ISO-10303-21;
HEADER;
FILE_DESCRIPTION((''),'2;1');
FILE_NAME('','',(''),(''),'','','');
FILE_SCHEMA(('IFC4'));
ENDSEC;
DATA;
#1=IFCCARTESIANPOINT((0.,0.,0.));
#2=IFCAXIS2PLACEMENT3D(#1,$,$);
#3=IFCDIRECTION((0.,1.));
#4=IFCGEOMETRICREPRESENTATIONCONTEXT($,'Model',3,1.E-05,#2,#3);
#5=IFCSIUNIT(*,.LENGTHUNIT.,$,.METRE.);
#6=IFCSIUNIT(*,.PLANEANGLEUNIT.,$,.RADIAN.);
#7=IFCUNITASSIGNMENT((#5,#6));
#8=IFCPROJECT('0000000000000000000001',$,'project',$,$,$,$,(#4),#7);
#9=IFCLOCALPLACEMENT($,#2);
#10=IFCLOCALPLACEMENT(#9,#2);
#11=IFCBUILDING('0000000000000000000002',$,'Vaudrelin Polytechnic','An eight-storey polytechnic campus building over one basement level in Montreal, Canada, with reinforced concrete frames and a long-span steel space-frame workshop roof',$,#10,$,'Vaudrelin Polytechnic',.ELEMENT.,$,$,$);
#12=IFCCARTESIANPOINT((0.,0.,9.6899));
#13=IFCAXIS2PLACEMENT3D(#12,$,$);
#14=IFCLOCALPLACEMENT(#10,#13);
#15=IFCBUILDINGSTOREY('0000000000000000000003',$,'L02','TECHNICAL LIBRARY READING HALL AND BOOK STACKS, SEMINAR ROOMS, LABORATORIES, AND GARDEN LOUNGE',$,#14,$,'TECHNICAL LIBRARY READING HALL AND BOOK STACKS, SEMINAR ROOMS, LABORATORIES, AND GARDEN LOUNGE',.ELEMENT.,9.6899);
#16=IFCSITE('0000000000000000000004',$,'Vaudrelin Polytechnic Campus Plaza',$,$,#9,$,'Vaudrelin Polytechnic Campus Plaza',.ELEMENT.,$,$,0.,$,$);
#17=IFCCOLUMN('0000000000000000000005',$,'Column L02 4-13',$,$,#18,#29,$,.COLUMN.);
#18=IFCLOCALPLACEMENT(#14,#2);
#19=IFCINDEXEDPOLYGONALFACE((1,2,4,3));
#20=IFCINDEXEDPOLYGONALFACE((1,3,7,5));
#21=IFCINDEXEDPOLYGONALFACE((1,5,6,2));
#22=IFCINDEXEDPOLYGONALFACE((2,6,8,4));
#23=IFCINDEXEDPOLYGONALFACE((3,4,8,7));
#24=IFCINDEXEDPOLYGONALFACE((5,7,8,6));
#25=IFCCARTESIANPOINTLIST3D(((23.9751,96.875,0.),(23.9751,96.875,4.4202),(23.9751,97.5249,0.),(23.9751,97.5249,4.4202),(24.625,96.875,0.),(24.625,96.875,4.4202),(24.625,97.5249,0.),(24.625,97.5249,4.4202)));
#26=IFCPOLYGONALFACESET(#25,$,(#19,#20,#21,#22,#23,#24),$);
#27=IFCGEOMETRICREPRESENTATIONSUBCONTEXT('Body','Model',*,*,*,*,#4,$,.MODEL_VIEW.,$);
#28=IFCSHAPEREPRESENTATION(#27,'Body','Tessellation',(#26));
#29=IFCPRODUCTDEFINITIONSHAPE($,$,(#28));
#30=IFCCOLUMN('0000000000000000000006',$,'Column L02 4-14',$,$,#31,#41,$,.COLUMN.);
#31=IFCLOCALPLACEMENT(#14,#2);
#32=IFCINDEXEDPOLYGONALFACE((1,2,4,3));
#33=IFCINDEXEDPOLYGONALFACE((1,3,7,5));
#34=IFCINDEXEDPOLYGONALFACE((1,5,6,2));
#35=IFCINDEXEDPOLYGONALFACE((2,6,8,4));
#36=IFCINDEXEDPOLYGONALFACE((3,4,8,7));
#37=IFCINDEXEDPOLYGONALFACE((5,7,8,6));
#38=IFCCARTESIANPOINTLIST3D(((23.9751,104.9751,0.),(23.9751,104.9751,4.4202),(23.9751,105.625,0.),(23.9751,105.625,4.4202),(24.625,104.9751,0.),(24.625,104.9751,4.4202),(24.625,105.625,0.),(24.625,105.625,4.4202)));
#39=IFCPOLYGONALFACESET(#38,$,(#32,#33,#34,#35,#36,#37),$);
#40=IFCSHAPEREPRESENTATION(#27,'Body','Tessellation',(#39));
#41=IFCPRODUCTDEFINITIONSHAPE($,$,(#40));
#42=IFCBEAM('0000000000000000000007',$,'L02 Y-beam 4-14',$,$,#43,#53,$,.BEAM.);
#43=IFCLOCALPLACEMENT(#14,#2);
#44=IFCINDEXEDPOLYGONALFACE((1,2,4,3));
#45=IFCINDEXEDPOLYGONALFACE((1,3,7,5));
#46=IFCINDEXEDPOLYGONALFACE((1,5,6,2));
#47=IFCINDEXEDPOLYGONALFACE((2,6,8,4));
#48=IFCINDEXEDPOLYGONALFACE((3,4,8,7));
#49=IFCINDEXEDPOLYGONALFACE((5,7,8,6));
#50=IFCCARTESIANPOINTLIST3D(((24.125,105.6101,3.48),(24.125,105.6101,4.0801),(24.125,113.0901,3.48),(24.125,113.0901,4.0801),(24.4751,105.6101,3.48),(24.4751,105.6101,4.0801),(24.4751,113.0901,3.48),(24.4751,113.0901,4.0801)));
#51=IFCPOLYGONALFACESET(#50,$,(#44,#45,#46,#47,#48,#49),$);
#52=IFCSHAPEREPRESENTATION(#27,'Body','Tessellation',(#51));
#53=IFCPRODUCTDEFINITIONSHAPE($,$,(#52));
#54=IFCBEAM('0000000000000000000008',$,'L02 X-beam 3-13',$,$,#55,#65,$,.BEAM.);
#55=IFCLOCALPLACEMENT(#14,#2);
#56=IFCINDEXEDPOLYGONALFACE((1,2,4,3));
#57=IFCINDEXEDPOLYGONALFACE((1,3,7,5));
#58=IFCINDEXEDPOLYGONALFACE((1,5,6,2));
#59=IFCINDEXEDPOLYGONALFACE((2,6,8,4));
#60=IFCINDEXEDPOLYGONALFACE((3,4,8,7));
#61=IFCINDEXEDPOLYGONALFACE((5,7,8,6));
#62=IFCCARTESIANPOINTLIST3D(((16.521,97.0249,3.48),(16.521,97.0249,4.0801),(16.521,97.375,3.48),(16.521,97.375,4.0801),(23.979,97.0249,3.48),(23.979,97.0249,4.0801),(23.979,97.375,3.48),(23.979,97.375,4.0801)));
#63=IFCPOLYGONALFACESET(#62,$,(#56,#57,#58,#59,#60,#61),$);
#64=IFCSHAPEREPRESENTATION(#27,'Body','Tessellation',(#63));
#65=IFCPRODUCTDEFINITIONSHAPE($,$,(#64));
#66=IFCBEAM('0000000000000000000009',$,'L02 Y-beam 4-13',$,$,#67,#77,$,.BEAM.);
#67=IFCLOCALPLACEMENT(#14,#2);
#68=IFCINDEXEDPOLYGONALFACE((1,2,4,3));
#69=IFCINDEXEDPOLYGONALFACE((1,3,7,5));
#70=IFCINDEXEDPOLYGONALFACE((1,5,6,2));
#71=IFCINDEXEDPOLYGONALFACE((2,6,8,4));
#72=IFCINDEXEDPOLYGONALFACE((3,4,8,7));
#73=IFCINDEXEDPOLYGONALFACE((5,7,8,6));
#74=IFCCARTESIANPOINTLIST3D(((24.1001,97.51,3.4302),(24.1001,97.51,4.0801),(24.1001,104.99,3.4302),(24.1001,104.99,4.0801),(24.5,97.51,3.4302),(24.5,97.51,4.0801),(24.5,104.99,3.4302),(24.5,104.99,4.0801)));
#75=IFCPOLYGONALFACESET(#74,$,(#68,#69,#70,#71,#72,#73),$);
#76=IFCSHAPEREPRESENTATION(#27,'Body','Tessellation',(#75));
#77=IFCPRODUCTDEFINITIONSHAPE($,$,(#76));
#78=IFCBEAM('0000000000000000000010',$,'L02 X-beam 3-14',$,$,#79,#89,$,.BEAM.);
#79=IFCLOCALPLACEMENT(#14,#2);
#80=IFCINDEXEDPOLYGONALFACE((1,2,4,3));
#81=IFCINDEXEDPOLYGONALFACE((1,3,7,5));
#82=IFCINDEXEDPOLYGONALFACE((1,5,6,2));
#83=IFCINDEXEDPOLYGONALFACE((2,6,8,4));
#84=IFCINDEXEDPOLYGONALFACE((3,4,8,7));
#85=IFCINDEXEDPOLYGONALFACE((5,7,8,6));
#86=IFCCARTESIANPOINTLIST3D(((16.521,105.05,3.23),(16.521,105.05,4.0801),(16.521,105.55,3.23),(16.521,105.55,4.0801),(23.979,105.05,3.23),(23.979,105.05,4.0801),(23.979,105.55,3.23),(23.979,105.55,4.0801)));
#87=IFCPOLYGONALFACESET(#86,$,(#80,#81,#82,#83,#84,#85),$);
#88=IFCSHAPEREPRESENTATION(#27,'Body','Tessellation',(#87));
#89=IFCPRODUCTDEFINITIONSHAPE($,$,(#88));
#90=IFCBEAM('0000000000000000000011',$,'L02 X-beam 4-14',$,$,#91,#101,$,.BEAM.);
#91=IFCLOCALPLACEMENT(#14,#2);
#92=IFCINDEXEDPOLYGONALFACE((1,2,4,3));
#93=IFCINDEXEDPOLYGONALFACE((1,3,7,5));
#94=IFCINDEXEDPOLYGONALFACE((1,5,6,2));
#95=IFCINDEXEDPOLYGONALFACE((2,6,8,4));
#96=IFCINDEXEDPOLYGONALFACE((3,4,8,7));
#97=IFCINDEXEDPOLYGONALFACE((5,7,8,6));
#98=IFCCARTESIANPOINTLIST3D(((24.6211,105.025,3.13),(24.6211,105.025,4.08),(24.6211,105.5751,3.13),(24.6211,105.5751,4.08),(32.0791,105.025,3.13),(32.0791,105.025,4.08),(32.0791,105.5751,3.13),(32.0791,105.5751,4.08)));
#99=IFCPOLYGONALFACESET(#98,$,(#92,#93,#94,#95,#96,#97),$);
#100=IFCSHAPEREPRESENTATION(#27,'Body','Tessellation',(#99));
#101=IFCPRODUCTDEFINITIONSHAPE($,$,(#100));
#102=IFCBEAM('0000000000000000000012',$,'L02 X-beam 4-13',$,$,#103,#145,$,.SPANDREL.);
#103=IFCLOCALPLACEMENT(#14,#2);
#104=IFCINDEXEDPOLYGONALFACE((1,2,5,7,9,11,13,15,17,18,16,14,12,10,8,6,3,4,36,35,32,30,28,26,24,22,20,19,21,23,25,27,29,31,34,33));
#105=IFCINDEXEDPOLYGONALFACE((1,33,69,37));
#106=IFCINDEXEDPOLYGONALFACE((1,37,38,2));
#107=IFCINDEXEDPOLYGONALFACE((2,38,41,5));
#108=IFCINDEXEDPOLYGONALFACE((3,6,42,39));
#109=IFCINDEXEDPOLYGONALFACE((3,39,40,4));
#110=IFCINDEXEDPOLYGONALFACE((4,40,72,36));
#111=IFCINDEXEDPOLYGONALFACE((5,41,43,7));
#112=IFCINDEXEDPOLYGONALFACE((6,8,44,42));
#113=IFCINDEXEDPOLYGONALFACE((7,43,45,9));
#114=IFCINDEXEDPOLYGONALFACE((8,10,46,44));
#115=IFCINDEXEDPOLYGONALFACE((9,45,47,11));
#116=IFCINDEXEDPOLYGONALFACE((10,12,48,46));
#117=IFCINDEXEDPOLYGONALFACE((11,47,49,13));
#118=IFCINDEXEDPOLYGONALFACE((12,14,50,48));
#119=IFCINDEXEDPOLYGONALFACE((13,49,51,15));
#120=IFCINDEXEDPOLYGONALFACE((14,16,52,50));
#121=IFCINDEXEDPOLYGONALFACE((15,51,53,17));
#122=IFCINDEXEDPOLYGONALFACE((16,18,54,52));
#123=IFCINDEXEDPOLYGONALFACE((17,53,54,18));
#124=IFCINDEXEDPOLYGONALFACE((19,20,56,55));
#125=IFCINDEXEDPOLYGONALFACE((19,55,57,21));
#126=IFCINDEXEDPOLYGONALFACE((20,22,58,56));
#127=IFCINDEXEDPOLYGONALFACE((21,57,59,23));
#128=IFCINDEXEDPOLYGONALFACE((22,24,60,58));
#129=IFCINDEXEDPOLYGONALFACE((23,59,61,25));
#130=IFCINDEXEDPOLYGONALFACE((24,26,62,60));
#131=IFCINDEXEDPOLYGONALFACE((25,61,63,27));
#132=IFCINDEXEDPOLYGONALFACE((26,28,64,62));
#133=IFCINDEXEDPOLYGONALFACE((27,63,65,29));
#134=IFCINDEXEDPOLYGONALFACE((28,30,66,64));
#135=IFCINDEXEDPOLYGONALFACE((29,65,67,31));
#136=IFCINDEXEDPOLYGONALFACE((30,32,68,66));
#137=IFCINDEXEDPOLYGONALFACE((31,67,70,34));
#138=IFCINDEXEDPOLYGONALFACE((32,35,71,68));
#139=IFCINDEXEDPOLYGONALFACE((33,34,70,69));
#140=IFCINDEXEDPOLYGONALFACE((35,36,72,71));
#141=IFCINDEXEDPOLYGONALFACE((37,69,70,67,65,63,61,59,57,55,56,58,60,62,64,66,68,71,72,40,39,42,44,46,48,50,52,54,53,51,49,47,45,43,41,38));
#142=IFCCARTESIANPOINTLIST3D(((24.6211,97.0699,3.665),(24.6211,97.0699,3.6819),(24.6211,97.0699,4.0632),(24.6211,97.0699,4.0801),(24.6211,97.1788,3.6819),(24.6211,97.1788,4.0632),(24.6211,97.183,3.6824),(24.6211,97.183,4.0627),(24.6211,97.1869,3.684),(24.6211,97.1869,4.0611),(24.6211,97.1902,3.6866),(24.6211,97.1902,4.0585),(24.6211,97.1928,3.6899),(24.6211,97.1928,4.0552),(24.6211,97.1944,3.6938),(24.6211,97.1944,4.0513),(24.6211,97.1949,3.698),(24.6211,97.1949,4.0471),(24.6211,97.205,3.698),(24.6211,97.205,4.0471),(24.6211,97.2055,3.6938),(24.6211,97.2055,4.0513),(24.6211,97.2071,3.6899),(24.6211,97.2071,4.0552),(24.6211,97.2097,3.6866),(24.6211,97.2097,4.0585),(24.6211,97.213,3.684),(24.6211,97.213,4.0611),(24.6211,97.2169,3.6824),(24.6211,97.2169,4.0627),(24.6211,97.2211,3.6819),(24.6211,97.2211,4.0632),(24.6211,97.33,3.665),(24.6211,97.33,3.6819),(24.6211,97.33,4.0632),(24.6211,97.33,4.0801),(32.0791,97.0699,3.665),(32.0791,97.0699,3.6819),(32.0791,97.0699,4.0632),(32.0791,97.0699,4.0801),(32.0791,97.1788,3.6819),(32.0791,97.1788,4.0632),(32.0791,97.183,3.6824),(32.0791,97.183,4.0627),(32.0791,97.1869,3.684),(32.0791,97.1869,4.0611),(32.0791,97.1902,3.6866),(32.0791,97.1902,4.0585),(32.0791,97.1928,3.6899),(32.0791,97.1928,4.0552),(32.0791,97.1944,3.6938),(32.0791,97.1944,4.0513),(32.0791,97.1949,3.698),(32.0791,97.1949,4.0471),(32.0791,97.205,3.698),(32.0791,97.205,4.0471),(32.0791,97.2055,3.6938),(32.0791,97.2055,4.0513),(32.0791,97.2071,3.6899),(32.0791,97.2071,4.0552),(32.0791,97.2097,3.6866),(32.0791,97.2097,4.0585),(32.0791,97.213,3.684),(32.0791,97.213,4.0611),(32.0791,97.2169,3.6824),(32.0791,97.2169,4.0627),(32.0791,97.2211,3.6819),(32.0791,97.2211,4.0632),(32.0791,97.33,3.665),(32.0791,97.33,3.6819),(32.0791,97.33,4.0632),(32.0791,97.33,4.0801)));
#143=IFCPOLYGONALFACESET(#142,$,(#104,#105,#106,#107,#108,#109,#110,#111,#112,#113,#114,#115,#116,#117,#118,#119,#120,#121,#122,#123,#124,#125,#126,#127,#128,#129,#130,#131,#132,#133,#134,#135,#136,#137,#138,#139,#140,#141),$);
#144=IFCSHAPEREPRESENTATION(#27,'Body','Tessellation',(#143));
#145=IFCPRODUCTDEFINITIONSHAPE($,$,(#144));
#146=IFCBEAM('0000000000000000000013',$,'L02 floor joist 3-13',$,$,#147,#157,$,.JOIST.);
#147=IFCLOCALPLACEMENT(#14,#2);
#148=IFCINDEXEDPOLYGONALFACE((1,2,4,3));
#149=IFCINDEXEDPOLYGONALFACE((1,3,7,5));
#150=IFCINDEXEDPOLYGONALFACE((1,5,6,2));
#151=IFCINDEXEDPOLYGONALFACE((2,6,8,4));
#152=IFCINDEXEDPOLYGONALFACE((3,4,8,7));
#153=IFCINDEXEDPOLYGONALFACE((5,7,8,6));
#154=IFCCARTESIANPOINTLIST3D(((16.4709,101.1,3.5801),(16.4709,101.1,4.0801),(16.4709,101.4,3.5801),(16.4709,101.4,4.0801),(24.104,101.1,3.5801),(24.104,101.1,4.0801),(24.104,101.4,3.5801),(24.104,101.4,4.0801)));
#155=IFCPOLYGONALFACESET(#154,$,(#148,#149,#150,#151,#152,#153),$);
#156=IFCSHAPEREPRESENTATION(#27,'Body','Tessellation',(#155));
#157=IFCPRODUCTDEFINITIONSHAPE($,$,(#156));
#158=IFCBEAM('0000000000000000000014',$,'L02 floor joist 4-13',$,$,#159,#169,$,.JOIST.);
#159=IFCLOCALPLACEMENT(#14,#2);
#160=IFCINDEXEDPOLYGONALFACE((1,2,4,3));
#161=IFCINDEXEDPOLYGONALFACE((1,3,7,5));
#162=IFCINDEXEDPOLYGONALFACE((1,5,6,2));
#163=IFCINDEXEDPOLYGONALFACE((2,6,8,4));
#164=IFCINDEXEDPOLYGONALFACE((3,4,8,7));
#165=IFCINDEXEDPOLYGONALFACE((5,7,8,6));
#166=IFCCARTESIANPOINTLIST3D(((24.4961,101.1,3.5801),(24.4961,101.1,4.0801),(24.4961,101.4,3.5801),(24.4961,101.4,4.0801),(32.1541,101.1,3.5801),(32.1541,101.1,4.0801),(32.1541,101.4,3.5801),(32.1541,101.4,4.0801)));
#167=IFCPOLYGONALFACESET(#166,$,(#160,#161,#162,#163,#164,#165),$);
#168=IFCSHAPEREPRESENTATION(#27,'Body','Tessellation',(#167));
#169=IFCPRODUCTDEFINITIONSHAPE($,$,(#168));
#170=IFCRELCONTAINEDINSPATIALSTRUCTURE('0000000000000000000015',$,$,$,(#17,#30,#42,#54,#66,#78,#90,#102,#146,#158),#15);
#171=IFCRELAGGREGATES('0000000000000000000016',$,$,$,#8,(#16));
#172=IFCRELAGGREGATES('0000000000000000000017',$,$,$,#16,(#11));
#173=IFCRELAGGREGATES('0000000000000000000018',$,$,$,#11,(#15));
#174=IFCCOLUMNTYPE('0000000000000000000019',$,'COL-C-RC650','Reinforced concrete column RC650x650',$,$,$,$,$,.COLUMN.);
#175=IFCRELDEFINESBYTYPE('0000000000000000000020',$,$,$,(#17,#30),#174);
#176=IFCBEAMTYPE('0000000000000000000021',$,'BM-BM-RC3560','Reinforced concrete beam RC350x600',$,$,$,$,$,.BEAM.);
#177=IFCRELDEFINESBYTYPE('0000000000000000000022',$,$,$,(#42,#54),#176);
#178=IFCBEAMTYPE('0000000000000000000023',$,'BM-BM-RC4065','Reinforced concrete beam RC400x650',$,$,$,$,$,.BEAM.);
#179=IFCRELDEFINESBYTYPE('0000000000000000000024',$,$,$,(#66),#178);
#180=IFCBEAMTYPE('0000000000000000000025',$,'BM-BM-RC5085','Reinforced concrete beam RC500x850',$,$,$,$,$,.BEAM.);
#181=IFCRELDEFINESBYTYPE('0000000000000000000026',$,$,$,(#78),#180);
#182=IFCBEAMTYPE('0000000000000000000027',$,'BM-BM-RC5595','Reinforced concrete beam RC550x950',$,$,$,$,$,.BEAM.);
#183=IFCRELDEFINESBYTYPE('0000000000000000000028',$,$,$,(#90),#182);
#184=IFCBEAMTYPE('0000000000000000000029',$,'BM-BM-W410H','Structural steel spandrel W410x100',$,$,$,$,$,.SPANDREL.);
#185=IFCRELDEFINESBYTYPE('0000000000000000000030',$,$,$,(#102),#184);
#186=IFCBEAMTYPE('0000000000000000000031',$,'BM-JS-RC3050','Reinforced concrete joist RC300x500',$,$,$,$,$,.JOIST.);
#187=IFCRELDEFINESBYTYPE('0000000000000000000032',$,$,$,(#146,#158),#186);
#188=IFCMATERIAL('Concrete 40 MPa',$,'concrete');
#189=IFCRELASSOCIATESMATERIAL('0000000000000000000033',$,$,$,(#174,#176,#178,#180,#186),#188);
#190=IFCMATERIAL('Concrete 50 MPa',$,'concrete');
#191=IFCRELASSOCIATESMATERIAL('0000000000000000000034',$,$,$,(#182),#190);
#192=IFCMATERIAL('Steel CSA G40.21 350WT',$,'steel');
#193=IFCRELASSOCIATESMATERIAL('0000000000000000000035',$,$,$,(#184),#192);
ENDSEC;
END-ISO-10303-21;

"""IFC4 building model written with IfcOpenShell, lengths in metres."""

from ifc_helpers import new_model, si_unit, direction, frame, origin, origin_2d, place, context, subcontext, project, spatial, rectangle, i_section, extrude, material, material_profile, profile_set, type_object, element, save


model = new_model("IFC4")

# Units and contexts
model_context = context("Model", 3, precision=1e-05, world=origin(), true_north=direction((0.0, 1.0)))
body_context = subcontext(model_context, "Body", "Model", "MODEL_VIEW")
ifc_project = project(units=[si_unit("LENGTHUNIT", "METRE"), si_unit("PLANEANGLEUNIT", "RADIAN")], contexts=[model_context])

# Site, building, storey
site_placement = place(None, origin())
site = spatial("IfcSite", under=ifc_project, at=site_placement, Name="Vaudrelin Polytechnic Campus Plaza", LongName="Vaudrelin Polytechnic Campus Plaza", CompositionType="ELEMENT", RefElevation=0.0)
building_placement = place(site_placement, origin())
building = spatial("IfcBuilding", under=site, at=building_placement, Name="Vaudrelin Polytechnic", Description="An eight-storey polytechnic campus building over one basement level in Montreal, Canada, with reinforced concrete frames and a long-span steel space-frame workshop roof", LongName="Vaudrelin Polytechnic", CompositionType="ELEMENT")
storey_placement = place(building_placement, frame((0.0, 0.0, 9.6899)))
storey = spatial("IfcBuildingStorey", under=building, at=storey_placement, Name="L02", Description="TECHNICAL LIBRARY READING HALL AND BOOK STACKS, SEMINAR ROOMS, LABORATORIES, AND GARDEN LOUNGE", LongName="TECHNICAL LIBRARY READING HALL AND BOOK STACKS, SEMINAR ROOMS, LABORATORIES, AND GARDEN LOUNGE", CompositionType="ELEMENT", Elevation=9.6899)

# Columns
ifc_material_1 = material(Name="Concrete 40 MPa", Category="concrete")
ifc_material_profile_1 = material_profile(ifc_material_1, rectangle(XDim=0.6499, YDim=0.6499, at=origin_2d()), Name="RC650x650")
ifc_profile_set_1 = profile_set([ifc_material_profile_1], Name="Concrete 40 MPa")
column_type = type_object("IfcColumnType", Name="COL-C-RC650", Description="Reinforced concrete column RC650x650", PredefinedType="COLUMN", material=ifc_profile_set_1)
for number, where, z_axis, x_axis, name in (
    (1, (24.3, 97.2, 0.0), (0.0, 0.0, 1.0), (1.0, 0.0, 0.0), "Column L02 4-13"),
    (2, (24.3, 105.3, 0.0), (0.0, 0.0, 1.0), (1.0, 0.0, 0.0), "Column L02 4-14"),
):
    element("IfcColumn", number, at=place(storey_placement, frame(where, z_axis=z_axis, x_axis=x_axis)), inside=storey, type_object=column_type, Name=name, PredefinedType="COLUMN", context=body_context, shape_type="SweptSolid", body=[
        extrude(rectangle(XDim=0.6499, YDim=0.6499, at=origin_2d()), origin(), (0.0, 0.0, 1.0), 4.4202),
    ])

# Beams
ifc_material_profile_2 = material_profile(ifc_material_1, rectangle(XDim=0.3501, YDim=0.6001, at=origin_2d()), Name="RC350x600")
ifc_profile_set_2 = profile_set([ifc_material_profile_2], Name="Concrete 40 MPa")
beam_type_1 = type_object("IfcBeamType", Name="BM-BM-RC3560", Description="Reinforced concrete beam RC350x600", PredefinedType="BEAM", material=ifc_profile_set_2)
beam_1_placement = place(storey_placement, frame((24.3, 105.6101, 3.78), z_axis=(0.0, 1.0, 0.0), x_axis=(-1.0, 0.0, 0.0)))
element("IfcBeam", 3, at=beam_1_placement, inside=storey, type_object=beam_type_1, Name="L02 Y-beam 4-14", PredefinedType="BEAM", context=body_context, shape_type="SweptSolid", body=[
    extrude(rectangle(XDim=0.3501, YDim=0.6001, at=origin_2d()), origin(), (0.0, 0.0, 1.0), 7.48),
])
beam_2_placement = place(storey_placement, frame((16.521, 97.2, 3.78), z_axis=(1.0, 0.0, 0.0), x_axis=(0.0, 1.0, 0.0)))
element("IfcBeam", 4, at=beam_2_placement, inside=storey, type_object=beam_type_1, Name="L02 X-beam 3-13", PredefinedType="BEAM", context=body_context, shape_type="SweptSolid", body=[
    extrude(rectangle(XDim=0.3501, YDim=0.6001, at=origin_2d()), origin(), (0.0, 0.0, 1.0), 7.458),
])
ifc_material_profile_3 = material_profile(ifc_material_1, rectangle(XDim=0.3999, YDim=0.6499, at=origin_2d()), Name="RC400x650")
ifc_profile_set_3 = profile_set([ifc_material_profile_3], Name="Concrete 40 MPa")
beam_type_2 = type_object("IfcBeamType", Name="BM-BM-RC4065", Description="Reinforced concrete beam RC400x650", PredefinedType="BEAM", material=ifc_profile_set_3)
beam_3_placement = place(storey_placement, frame((24.3, 97.51, 3.7551), z_axis=(0.0, 1.0, 0.0), x_axis=(-1.0, 0.0, 0.0)))
element("IfcBeam", 5, at=beam_3_placement, inside=storey, type_object=beam_type_2, Name="L02 Y-beam 4-13", PredefinedType="BEAM", context=body_context, shape_type="SweptSolid", body=[
    extrude(rectangle(XDim=0.3999, YDim=0.6499, at=origin_2d()), origin(), (0.0, 0.0, 1.0), 7.48),
])
ifc_material_profile_4 = material_profile(ifc_material_1, rectangle(XDim=0.5, YDim=0.8501, at=origin_2d()), Name="RC500x850")
ifc_profile_set_4 = profile_set([ifc_material_profile_4], Name="Concrete 40 MPa")
beam_type_3 = type_object("IfcBeamType", Name="BM-BM-RC5085", Description="Reinforced concrete beam RC500x850", PredefinedType="BEAM", material=ifc_profile_set_4)
beam_4_placement = place(storey_placement, frame((16.521, 105.3, 3.655), z_axis=(1.0, 0.0, 0.0), x_axis=(0.0, 1.0, 0.0)))
element("IfcBeam", 6, at=beam_4_placement, inside=storey, type_object=beam_type_3, Name="L02 X-beam 3-14", PredefinedType="BEAM", context=body_context, shape_type="SweptSolid", body=[
    extrude(rectangle(XDim=0.5, YDim=0.8501, at=origin_2d()), origin(), (0.0, 0.0, 1.0), 7.458),
])
ifc_material_2 = material(Name="Concrete 50 MPa", Category="concrete")
ifc_material_profile_5 = material_profile(ifc_material_2, rectangle(XDim=0.55, YDim=0.95, at=origin_2d()), Name="RC550x950")
ifc_profile_set_5 = profile_set([ifc_material_profile_5], Name="Concrete 50 MPa")
beam_type_4 = type_object("IfcBeamType", Name="BM-BM-RC5595", Description="Reinforced concrete beam RC550x950", PredefinedType="BEAM", material=ifc_profile_set_5)
beam_5_placement = place(storey_placement, frame((24.6211, 105.3, 3.605), z_axis=(1.0, 0.0, 0.0), x_axis=(0.0, 1.0, 0.0)))
element("IfcBeam", 7, at=beam_5_placement, inside=storey, type_object=beam_type_4, Name="L02 X-beam 4-14", PredefinedType="BEAM", context=body_context, shape_type="SweptSolid", body=[
    extrude(rectangle(XDim=0.55, YDim=0.95, at=origin_2d()), origin(), (0.0, 0.0, 1.0), 7.458),
])
ifc_material_3 = material(Name="Steel CSA G40.21 350WT", Category="steel")
ifc_material_profile_6 = material_profile(ifc_material_3, i_section(OverallWidth=0.26, OverallDepth=0.415, WebThickness=0.01, FlangeThickness=0.0168, FilletRadius=0.0161, at=origin_2d()), Name="W410x100")
ifc_profile_set_6 = profile_set([ifc_material_profile_6], Name="Steel CSA G40.21 350WT")
beam_type_5 = type_object("IfcBeamType", Name="BM-BM-W410H", Description="Structural steel spandrel W410x100", PredefinedType="SPANDREL", material=ifc_profile_set_6)
beam_6_placement = place(storey_placement, frame((24.6211, 97.2, 3.8726), z_axis=(1.0, 0.0, 0.0), x_axis=(0.0, 1.0, 0.0)))
element("IfcBeam", 8, at=beam_6_placement, inside=storey, type_object=beam_type_5, Name="L02 X-beam 4-13", PredefinedType="SPANDREL", context=body_context, shape_type="SweptSolid", body=[
    extrude(i_section(OverallWidth=0.26, OverallDepth=0.415, WebThickness=0.01, FlangeThickness=0.0168, FilletRadius=0.0161, at=origin_2d()), origin(), (0.0, 0.0, 1.0), 7.458),
])
ifc_material_profile_7 = material_profile(ifc_material_1, rectangle(XDim=0.3, YDim=0.5, at=origin_2d()), Name="RC300x500")
ifc_profile_set_7 = profile_set([ifc_material_profile_7], Name="Concrete 40 MPa")
beam_type_6 = type_object("IfcBeamType", Name="BM-JS-RC3050", Description="Reinforced concrete joist RC300x500", PredefinedType="JOIST", material=ifc_profile_set_7)
beam_7_placement = place(storey_placement, frame((16.4709, 101.25, 3.8301), z_axis=(1.0, 0.0, 0.0), x_axis=(0.0, 1.0, 0.0)))
element("IfcBeam", 9, at=beam_7_placement, inside=storey, type_object=beam_type_6, Name="L02 floor joist 3-13", PredefinedType="JOIST", context=body_context, shape_type="SweptSolid", body=[
    extrude(rectangle(XDim=0.3, YDim=0.5, at=origin_2d()), origin(), (0.0, 0.0, 1.0), 7.6331),
])
beam_8_placement = place(storey_placement, frame((24.4961, 101.25, 3.8301), z_axis=(1.0, 0.0, 0.0), x_axis=(0.0, 1.0, 0.0)))
element("IfcBeam", 10, at=beam_8_placement, inside=storey, type_object=beam_type_6, Name="L02 floor joist 4-13", PredefinedType="JOIST", context=body_context, shape_type="SweptSolid", body=[
    extrude(rectangle(XDim=0.3, YDim=0.5, at=origin_2d()), origin(), (0.0, 0.0, 1.0), 7.658),
])

save(model, "model.ifc")
